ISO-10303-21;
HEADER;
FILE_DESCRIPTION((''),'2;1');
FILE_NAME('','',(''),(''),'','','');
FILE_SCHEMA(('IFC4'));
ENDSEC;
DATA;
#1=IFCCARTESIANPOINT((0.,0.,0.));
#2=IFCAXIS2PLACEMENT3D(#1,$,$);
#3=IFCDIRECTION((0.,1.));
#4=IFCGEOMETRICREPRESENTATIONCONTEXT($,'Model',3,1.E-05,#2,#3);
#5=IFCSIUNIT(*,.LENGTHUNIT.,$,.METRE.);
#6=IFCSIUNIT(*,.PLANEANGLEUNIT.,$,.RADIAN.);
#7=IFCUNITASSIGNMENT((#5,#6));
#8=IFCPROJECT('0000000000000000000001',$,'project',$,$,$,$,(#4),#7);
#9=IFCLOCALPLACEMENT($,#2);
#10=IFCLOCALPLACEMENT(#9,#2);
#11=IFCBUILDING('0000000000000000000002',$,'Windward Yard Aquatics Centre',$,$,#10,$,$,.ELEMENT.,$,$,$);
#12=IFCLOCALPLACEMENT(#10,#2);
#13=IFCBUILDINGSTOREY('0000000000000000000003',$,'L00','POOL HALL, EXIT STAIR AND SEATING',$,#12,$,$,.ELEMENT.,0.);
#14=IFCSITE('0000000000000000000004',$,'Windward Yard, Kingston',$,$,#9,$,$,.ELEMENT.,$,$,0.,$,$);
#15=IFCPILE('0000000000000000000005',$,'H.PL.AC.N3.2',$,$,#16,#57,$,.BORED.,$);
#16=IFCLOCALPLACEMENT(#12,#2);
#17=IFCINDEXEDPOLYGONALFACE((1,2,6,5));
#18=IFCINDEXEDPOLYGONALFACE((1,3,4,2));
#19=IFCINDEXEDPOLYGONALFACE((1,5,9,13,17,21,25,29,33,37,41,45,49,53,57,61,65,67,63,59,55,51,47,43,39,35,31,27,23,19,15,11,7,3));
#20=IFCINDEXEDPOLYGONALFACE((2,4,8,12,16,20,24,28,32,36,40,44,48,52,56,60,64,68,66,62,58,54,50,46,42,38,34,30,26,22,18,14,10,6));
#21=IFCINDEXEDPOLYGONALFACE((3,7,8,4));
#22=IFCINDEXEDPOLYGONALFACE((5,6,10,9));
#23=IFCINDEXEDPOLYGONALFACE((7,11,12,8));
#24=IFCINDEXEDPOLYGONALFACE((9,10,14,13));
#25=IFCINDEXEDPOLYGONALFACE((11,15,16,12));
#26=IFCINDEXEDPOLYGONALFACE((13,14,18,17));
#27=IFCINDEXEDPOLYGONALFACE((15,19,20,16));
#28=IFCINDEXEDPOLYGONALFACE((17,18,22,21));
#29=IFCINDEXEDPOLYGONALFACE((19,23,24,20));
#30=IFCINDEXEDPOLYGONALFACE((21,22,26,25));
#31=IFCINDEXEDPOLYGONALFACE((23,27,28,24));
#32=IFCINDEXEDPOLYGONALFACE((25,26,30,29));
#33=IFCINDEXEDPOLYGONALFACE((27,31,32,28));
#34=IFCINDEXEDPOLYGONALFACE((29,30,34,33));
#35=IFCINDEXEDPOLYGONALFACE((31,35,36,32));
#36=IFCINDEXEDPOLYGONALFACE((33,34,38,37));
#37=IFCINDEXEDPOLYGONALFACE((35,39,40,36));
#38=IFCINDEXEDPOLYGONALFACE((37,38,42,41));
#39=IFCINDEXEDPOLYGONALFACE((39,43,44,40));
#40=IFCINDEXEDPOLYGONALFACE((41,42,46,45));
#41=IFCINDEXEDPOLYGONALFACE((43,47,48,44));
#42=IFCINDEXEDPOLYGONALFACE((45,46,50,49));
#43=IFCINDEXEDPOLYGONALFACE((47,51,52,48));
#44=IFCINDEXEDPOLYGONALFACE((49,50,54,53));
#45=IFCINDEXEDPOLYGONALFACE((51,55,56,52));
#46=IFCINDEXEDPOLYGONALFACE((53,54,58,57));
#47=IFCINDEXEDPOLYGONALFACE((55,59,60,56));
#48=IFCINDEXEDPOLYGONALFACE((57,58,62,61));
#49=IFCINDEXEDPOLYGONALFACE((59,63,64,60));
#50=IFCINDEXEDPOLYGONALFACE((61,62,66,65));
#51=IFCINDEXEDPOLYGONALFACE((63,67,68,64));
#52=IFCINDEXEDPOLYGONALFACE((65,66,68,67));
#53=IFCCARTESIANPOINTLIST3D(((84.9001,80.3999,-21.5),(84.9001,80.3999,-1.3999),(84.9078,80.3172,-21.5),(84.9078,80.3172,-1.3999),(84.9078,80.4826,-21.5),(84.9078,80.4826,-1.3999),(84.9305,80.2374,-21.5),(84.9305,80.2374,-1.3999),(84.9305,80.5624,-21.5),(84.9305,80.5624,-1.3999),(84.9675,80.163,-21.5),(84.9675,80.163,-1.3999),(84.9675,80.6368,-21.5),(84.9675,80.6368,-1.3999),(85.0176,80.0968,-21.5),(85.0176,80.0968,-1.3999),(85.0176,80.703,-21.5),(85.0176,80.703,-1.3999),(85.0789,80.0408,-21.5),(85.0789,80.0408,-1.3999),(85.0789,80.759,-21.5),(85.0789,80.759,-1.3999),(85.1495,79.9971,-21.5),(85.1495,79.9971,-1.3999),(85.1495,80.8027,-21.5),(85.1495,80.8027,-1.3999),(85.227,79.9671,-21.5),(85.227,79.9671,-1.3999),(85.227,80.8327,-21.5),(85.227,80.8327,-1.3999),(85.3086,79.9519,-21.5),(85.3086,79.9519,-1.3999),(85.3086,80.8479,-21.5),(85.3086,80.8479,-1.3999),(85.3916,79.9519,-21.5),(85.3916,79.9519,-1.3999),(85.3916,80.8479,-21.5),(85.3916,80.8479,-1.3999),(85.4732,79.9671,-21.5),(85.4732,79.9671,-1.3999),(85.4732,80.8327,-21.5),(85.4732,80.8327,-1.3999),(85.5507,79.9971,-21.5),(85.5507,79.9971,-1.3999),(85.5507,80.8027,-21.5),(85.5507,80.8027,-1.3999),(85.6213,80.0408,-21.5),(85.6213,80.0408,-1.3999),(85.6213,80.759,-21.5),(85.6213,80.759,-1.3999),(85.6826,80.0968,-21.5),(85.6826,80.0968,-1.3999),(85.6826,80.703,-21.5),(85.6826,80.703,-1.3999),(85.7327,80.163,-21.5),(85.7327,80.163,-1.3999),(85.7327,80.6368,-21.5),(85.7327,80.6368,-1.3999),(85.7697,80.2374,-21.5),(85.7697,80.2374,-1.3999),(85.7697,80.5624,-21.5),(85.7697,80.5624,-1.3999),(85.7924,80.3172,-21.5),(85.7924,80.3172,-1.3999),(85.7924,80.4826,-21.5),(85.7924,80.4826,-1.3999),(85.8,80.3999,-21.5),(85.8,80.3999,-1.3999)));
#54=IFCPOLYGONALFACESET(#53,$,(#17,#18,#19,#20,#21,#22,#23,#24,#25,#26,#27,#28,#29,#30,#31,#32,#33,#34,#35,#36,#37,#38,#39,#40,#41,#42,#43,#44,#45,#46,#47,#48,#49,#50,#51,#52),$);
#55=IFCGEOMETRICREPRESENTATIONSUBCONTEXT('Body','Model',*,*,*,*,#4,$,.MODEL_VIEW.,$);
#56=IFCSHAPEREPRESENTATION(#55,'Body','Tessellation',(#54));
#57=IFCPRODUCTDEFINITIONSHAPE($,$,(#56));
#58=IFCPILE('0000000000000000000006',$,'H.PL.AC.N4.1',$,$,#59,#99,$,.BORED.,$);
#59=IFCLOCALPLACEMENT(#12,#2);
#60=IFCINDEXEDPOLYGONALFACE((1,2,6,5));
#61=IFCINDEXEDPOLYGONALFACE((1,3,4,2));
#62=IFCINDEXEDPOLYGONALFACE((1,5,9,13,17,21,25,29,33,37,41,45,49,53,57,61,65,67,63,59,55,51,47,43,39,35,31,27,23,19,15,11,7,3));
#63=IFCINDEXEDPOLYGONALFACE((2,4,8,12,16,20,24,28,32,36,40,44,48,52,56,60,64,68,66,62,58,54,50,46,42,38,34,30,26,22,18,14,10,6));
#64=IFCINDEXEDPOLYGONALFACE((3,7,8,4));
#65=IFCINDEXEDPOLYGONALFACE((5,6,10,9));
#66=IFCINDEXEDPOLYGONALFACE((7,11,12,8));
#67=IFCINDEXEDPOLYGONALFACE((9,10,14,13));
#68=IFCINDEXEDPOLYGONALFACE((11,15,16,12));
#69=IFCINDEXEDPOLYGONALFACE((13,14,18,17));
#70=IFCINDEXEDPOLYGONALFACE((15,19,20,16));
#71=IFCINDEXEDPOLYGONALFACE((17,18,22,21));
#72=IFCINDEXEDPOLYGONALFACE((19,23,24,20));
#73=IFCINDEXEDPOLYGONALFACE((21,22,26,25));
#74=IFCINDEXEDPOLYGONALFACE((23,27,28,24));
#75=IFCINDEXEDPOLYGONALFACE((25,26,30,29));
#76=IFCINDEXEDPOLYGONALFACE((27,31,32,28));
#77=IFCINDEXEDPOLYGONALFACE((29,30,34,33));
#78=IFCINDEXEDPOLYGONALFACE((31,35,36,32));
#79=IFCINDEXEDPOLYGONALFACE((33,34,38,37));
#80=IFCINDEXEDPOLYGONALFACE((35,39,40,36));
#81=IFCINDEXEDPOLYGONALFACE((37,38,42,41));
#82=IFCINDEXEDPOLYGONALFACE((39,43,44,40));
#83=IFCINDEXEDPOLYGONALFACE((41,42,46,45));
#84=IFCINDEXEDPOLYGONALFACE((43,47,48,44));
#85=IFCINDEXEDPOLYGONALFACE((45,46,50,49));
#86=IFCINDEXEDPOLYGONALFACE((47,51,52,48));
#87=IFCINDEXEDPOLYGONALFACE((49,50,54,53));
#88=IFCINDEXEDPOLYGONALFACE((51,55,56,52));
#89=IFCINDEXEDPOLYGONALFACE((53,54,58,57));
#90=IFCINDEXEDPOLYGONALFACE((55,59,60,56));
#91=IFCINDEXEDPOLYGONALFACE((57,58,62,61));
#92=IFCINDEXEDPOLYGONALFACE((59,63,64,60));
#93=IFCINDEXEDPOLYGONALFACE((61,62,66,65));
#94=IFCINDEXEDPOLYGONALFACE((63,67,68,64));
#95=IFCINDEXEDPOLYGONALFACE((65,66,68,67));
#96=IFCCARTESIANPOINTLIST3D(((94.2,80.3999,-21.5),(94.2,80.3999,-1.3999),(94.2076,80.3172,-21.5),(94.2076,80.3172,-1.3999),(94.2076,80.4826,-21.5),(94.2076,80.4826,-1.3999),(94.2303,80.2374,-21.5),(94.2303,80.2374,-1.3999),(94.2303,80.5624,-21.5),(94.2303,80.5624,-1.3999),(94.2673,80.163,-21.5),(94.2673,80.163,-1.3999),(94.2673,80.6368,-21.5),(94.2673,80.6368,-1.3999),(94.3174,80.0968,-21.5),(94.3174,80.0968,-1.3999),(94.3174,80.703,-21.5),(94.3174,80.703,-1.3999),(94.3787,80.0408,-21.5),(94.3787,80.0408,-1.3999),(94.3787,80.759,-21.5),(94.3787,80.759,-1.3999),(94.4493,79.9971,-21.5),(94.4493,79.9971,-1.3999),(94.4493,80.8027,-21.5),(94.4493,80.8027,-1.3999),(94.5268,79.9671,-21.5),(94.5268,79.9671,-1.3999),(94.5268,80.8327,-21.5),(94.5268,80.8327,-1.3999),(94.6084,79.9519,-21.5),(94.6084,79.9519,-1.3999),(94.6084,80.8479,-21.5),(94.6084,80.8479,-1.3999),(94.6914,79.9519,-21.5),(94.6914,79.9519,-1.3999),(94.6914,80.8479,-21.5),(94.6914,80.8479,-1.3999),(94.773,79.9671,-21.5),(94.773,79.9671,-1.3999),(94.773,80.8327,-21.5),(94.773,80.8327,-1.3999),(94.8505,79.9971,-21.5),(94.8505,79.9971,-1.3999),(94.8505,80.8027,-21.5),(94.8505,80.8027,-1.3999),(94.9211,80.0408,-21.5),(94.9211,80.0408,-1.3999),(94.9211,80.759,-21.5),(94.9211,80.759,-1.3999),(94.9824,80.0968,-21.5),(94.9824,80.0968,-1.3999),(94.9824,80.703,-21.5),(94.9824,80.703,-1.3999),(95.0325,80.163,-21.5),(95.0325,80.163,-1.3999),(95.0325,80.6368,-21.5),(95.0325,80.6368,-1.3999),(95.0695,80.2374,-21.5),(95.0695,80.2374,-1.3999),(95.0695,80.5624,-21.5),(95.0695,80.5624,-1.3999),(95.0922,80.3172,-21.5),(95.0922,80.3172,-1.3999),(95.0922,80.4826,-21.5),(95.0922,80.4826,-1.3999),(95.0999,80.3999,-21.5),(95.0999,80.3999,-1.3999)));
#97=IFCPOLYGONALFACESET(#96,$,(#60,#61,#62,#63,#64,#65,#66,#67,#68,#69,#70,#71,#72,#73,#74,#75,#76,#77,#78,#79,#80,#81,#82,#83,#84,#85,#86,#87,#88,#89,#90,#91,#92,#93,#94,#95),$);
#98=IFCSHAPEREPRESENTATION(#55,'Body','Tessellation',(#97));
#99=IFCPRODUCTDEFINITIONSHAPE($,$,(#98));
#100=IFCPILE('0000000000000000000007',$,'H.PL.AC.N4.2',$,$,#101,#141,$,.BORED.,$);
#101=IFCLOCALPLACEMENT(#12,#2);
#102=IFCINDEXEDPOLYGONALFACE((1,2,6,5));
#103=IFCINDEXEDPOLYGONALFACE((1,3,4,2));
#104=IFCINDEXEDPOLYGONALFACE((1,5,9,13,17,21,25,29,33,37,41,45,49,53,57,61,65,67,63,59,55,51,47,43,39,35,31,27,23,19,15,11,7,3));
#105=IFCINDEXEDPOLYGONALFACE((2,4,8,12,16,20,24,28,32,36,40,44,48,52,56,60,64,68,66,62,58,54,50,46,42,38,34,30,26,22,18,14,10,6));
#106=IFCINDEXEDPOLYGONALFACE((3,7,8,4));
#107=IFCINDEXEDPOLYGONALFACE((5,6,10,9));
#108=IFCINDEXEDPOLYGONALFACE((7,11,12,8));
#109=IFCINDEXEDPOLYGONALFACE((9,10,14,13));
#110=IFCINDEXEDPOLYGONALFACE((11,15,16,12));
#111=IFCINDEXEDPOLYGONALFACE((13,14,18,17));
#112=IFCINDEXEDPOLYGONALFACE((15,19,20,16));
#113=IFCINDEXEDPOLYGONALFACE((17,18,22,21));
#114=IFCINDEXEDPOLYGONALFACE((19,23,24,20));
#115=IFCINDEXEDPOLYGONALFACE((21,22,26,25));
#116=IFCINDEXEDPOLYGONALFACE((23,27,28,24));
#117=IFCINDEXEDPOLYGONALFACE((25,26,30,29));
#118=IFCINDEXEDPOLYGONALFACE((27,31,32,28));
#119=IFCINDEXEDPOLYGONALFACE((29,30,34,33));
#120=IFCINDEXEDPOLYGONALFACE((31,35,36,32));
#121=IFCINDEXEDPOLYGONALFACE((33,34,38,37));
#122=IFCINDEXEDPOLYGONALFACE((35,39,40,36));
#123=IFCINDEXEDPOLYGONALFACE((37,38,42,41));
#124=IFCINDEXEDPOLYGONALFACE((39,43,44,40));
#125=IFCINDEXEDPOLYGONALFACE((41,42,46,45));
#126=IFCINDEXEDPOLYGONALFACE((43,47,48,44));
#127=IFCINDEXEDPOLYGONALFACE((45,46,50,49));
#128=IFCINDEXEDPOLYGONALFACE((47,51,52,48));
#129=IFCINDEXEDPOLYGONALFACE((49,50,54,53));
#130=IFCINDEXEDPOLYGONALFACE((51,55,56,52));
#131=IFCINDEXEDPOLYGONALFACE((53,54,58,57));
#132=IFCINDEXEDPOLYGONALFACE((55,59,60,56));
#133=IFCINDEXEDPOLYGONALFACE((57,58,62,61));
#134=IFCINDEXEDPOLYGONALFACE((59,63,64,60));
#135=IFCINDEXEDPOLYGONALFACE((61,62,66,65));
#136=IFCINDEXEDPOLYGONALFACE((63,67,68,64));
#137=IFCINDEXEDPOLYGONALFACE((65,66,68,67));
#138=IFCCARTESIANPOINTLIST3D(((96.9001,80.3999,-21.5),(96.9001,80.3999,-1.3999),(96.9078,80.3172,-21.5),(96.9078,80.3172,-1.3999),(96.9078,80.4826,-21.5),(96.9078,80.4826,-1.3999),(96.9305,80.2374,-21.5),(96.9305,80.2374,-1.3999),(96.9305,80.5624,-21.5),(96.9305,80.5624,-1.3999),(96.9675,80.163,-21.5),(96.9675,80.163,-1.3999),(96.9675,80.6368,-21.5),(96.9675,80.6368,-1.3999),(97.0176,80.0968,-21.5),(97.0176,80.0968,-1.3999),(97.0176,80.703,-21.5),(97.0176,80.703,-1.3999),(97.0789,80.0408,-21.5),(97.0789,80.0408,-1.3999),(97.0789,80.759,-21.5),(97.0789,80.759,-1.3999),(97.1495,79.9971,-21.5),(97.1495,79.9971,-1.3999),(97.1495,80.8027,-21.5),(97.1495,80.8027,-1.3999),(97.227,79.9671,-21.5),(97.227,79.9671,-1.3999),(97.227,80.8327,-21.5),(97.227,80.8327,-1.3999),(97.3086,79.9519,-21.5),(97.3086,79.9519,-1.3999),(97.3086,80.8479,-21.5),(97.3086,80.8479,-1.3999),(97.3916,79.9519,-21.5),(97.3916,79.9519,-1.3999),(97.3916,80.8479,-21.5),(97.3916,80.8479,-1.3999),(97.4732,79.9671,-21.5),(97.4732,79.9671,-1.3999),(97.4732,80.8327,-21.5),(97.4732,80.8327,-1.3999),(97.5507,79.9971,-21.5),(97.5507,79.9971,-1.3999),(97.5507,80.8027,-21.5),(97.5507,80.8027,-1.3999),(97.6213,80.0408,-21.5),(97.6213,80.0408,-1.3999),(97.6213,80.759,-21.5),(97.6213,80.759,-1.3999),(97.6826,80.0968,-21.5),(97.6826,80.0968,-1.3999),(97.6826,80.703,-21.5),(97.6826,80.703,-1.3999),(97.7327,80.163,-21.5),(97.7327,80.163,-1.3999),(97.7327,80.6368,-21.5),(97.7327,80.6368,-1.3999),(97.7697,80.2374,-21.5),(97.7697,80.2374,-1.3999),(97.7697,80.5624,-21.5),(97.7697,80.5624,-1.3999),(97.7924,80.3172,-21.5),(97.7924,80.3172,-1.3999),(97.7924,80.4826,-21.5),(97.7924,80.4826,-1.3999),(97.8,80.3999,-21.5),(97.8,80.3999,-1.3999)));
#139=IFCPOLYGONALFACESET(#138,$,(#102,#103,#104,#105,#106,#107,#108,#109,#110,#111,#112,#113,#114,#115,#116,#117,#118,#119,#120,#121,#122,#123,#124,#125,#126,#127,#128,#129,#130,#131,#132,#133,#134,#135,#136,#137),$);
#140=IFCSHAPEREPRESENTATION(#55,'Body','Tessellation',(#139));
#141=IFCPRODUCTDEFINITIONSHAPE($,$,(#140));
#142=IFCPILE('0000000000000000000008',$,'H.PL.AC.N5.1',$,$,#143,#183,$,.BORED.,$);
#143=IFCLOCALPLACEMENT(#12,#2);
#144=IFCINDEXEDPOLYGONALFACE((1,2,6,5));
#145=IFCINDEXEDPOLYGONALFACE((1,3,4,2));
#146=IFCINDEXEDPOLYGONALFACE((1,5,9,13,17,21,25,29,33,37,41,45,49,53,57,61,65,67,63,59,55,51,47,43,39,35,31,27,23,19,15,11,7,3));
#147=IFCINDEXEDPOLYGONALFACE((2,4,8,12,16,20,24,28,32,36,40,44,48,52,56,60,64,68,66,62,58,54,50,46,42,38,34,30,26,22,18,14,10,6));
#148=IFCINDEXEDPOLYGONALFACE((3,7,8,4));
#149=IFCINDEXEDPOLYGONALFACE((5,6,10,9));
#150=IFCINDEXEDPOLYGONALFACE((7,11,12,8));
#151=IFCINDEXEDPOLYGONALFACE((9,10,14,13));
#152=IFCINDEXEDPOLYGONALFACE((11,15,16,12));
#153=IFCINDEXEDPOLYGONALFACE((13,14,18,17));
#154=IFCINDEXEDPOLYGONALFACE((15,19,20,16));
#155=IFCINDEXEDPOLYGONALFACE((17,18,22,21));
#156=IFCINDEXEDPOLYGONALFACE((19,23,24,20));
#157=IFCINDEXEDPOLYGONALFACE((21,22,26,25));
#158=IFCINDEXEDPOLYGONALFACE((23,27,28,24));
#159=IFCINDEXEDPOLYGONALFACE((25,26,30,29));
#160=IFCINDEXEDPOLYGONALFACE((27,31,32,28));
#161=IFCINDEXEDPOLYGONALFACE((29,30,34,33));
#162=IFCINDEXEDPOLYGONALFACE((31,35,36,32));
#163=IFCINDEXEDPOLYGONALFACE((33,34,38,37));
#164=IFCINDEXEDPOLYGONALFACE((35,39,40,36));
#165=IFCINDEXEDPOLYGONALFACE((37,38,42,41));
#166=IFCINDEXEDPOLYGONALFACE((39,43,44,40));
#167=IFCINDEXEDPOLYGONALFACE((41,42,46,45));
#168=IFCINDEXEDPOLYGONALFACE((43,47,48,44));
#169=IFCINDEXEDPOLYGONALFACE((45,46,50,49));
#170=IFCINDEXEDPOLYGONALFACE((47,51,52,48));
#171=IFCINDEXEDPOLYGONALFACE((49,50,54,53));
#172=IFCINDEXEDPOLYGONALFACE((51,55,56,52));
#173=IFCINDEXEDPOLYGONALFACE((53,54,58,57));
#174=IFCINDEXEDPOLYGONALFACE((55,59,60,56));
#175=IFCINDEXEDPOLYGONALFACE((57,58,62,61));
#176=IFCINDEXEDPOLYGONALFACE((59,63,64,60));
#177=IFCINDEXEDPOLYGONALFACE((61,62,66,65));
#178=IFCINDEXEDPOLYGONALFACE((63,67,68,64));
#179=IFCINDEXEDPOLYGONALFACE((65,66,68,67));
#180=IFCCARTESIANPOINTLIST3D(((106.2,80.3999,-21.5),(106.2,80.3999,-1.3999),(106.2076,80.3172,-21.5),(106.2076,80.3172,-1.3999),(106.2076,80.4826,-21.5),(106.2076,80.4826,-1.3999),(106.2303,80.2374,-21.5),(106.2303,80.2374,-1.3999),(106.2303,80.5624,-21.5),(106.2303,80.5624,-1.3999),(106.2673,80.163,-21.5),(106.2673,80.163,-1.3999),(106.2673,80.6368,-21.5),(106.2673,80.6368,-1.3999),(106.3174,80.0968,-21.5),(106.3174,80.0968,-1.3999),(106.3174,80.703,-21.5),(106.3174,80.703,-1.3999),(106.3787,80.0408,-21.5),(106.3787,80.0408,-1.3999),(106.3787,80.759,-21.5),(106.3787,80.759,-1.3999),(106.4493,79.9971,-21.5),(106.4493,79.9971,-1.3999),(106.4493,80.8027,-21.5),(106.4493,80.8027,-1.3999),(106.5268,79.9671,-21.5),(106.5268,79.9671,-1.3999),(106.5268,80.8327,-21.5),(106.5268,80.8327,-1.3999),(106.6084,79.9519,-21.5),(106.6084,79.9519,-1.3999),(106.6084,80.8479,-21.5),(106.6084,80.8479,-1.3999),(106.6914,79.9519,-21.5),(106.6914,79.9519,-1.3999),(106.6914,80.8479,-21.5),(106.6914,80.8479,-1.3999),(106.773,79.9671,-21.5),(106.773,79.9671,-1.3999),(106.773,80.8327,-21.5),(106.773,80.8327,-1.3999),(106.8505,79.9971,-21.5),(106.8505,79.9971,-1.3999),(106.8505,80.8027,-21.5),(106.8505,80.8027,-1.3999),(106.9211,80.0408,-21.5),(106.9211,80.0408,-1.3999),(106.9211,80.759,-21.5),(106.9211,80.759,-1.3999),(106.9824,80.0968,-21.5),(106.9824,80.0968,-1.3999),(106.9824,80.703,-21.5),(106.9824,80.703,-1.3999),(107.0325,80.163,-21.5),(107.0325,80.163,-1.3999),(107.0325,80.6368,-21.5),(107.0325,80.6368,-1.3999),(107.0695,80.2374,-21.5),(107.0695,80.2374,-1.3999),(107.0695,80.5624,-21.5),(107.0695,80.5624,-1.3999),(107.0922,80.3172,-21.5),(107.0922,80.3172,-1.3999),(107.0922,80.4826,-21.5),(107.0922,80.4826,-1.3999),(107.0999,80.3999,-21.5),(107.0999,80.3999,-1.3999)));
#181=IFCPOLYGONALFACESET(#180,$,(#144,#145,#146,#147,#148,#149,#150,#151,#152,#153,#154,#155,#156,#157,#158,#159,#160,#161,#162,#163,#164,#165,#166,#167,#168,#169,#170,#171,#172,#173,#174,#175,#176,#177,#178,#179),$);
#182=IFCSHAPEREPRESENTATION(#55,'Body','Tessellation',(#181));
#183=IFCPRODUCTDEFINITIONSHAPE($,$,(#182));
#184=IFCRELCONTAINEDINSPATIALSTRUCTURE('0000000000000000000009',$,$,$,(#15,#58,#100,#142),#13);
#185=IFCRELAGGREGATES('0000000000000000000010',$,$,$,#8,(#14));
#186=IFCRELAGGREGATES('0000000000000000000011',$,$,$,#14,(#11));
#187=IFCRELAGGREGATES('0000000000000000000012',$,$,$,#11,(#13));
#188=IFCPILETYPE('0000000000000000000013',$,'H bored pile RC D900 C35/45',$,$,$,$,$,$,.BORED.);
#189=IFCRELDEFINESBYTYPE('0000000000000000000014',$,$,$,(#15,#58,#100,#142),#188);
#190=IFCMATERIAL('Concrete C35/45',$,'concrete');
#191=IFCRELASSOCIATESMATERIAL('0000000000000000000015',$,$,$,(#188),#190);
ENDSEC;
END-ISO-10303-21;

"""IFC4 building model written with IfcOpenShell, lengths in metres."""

from ifc_helpers import new_model, si_unit, direction, frame, origin, origin_2d, place, context, subcontext, project, spatial, circle, extrude, material, material_profile, profile_set, type_object, element, save


model = new_model("IFC4")

# Units and contexts
model_context = context("Model", 3, precision=1e-05, world=origin(), true_north=direction((0.0, 1.0)))
body_context = subcontext(model_context, "Body", "Model", "MODEL_VIEW")
ifc_project = project(units=[si_unit("LENGTHUNIT", "METRE"), si_unit("PLANEANGLEUNIT", "RADIAN")], contexts=[model_context])

# Site, building, storey
site_placement = place(None, origin())
site = spatial("IfcSite", under=ifc_project, at=site_placement, Name="Windward Yard, Kingston", CompositionType="ELEMENT", RefElevation=0.0)
building_placement = place(site_placement, origin())
building = spatial("IfcBuilding", under=site, at=building_placement, Name="Windward Yard Aquatics Centre", CompositionType="ELEMENT")
storey_placement = place(building_placement, origin())
storey = spatial("IfcBuildingStorey", under=building, at=storey_placement, Name="L00", Description="POOL HALL, EXIT STAIR AND SEATING", CompositionType="ELEMENT", Elevation=0.0)

# Piles
ifc_material_1 = material(Name="Concrete C35/45", Category="concrete")
ifc_material_profile_1 = material_profile(ifc_material_1, circle(Radius=0.45, at=origin_2d()), Name="RC D900")
ifc_profile_set_1 = profile_set([ifc_material_profile_1], Name="Concrete C35/45")
pile_type = type_object("IfcPileType", Name="H bored pile RC D900 C35/45", PredefinedType="BORED", material=ifc_profile_set_1)
for number, where, z_axis, x_axis, name in (
    (1, (85.3501, 80.3999, -1.3999), (0.0, 0.0, -1.0), (1.0, 0.0, 0.0), "H.PL.AC.N3.2"),
    (2, (94.6499, 80.3999, -1.3999), (0.0, 0.0, -1.0), (1.0, 0.0, 0.0), "H.PL.AC.N4.1"),
    (3, (97.3501, 80.3999, -1.3999), (0.0, 0.0, -1.0), (1.0, 0.0, 0.0), "H.PL.AC.N4.2"),
    (4, (106.6499, 80.3999, -1.3999), (0.0, 0.0, -1.0), (1.0, 0.0, 0.0), "H.PL.AC.N5.1"),
):
    element("IfcPile", number, at=place(storey_placement, frame(where, z_axis=z_axis, x_axis=x_axis)), inside=storey, type_object=pile_type, Name=name, PredefinedType="BORED", context=body_context, shape_type="SweptSolid", body=[
        extrude(circle(Radius=0.45, at=origin_2d()), origin(), (0.0, 0.0, 1.0), 20.1001),
    ])

save(model, "model.ifc")
